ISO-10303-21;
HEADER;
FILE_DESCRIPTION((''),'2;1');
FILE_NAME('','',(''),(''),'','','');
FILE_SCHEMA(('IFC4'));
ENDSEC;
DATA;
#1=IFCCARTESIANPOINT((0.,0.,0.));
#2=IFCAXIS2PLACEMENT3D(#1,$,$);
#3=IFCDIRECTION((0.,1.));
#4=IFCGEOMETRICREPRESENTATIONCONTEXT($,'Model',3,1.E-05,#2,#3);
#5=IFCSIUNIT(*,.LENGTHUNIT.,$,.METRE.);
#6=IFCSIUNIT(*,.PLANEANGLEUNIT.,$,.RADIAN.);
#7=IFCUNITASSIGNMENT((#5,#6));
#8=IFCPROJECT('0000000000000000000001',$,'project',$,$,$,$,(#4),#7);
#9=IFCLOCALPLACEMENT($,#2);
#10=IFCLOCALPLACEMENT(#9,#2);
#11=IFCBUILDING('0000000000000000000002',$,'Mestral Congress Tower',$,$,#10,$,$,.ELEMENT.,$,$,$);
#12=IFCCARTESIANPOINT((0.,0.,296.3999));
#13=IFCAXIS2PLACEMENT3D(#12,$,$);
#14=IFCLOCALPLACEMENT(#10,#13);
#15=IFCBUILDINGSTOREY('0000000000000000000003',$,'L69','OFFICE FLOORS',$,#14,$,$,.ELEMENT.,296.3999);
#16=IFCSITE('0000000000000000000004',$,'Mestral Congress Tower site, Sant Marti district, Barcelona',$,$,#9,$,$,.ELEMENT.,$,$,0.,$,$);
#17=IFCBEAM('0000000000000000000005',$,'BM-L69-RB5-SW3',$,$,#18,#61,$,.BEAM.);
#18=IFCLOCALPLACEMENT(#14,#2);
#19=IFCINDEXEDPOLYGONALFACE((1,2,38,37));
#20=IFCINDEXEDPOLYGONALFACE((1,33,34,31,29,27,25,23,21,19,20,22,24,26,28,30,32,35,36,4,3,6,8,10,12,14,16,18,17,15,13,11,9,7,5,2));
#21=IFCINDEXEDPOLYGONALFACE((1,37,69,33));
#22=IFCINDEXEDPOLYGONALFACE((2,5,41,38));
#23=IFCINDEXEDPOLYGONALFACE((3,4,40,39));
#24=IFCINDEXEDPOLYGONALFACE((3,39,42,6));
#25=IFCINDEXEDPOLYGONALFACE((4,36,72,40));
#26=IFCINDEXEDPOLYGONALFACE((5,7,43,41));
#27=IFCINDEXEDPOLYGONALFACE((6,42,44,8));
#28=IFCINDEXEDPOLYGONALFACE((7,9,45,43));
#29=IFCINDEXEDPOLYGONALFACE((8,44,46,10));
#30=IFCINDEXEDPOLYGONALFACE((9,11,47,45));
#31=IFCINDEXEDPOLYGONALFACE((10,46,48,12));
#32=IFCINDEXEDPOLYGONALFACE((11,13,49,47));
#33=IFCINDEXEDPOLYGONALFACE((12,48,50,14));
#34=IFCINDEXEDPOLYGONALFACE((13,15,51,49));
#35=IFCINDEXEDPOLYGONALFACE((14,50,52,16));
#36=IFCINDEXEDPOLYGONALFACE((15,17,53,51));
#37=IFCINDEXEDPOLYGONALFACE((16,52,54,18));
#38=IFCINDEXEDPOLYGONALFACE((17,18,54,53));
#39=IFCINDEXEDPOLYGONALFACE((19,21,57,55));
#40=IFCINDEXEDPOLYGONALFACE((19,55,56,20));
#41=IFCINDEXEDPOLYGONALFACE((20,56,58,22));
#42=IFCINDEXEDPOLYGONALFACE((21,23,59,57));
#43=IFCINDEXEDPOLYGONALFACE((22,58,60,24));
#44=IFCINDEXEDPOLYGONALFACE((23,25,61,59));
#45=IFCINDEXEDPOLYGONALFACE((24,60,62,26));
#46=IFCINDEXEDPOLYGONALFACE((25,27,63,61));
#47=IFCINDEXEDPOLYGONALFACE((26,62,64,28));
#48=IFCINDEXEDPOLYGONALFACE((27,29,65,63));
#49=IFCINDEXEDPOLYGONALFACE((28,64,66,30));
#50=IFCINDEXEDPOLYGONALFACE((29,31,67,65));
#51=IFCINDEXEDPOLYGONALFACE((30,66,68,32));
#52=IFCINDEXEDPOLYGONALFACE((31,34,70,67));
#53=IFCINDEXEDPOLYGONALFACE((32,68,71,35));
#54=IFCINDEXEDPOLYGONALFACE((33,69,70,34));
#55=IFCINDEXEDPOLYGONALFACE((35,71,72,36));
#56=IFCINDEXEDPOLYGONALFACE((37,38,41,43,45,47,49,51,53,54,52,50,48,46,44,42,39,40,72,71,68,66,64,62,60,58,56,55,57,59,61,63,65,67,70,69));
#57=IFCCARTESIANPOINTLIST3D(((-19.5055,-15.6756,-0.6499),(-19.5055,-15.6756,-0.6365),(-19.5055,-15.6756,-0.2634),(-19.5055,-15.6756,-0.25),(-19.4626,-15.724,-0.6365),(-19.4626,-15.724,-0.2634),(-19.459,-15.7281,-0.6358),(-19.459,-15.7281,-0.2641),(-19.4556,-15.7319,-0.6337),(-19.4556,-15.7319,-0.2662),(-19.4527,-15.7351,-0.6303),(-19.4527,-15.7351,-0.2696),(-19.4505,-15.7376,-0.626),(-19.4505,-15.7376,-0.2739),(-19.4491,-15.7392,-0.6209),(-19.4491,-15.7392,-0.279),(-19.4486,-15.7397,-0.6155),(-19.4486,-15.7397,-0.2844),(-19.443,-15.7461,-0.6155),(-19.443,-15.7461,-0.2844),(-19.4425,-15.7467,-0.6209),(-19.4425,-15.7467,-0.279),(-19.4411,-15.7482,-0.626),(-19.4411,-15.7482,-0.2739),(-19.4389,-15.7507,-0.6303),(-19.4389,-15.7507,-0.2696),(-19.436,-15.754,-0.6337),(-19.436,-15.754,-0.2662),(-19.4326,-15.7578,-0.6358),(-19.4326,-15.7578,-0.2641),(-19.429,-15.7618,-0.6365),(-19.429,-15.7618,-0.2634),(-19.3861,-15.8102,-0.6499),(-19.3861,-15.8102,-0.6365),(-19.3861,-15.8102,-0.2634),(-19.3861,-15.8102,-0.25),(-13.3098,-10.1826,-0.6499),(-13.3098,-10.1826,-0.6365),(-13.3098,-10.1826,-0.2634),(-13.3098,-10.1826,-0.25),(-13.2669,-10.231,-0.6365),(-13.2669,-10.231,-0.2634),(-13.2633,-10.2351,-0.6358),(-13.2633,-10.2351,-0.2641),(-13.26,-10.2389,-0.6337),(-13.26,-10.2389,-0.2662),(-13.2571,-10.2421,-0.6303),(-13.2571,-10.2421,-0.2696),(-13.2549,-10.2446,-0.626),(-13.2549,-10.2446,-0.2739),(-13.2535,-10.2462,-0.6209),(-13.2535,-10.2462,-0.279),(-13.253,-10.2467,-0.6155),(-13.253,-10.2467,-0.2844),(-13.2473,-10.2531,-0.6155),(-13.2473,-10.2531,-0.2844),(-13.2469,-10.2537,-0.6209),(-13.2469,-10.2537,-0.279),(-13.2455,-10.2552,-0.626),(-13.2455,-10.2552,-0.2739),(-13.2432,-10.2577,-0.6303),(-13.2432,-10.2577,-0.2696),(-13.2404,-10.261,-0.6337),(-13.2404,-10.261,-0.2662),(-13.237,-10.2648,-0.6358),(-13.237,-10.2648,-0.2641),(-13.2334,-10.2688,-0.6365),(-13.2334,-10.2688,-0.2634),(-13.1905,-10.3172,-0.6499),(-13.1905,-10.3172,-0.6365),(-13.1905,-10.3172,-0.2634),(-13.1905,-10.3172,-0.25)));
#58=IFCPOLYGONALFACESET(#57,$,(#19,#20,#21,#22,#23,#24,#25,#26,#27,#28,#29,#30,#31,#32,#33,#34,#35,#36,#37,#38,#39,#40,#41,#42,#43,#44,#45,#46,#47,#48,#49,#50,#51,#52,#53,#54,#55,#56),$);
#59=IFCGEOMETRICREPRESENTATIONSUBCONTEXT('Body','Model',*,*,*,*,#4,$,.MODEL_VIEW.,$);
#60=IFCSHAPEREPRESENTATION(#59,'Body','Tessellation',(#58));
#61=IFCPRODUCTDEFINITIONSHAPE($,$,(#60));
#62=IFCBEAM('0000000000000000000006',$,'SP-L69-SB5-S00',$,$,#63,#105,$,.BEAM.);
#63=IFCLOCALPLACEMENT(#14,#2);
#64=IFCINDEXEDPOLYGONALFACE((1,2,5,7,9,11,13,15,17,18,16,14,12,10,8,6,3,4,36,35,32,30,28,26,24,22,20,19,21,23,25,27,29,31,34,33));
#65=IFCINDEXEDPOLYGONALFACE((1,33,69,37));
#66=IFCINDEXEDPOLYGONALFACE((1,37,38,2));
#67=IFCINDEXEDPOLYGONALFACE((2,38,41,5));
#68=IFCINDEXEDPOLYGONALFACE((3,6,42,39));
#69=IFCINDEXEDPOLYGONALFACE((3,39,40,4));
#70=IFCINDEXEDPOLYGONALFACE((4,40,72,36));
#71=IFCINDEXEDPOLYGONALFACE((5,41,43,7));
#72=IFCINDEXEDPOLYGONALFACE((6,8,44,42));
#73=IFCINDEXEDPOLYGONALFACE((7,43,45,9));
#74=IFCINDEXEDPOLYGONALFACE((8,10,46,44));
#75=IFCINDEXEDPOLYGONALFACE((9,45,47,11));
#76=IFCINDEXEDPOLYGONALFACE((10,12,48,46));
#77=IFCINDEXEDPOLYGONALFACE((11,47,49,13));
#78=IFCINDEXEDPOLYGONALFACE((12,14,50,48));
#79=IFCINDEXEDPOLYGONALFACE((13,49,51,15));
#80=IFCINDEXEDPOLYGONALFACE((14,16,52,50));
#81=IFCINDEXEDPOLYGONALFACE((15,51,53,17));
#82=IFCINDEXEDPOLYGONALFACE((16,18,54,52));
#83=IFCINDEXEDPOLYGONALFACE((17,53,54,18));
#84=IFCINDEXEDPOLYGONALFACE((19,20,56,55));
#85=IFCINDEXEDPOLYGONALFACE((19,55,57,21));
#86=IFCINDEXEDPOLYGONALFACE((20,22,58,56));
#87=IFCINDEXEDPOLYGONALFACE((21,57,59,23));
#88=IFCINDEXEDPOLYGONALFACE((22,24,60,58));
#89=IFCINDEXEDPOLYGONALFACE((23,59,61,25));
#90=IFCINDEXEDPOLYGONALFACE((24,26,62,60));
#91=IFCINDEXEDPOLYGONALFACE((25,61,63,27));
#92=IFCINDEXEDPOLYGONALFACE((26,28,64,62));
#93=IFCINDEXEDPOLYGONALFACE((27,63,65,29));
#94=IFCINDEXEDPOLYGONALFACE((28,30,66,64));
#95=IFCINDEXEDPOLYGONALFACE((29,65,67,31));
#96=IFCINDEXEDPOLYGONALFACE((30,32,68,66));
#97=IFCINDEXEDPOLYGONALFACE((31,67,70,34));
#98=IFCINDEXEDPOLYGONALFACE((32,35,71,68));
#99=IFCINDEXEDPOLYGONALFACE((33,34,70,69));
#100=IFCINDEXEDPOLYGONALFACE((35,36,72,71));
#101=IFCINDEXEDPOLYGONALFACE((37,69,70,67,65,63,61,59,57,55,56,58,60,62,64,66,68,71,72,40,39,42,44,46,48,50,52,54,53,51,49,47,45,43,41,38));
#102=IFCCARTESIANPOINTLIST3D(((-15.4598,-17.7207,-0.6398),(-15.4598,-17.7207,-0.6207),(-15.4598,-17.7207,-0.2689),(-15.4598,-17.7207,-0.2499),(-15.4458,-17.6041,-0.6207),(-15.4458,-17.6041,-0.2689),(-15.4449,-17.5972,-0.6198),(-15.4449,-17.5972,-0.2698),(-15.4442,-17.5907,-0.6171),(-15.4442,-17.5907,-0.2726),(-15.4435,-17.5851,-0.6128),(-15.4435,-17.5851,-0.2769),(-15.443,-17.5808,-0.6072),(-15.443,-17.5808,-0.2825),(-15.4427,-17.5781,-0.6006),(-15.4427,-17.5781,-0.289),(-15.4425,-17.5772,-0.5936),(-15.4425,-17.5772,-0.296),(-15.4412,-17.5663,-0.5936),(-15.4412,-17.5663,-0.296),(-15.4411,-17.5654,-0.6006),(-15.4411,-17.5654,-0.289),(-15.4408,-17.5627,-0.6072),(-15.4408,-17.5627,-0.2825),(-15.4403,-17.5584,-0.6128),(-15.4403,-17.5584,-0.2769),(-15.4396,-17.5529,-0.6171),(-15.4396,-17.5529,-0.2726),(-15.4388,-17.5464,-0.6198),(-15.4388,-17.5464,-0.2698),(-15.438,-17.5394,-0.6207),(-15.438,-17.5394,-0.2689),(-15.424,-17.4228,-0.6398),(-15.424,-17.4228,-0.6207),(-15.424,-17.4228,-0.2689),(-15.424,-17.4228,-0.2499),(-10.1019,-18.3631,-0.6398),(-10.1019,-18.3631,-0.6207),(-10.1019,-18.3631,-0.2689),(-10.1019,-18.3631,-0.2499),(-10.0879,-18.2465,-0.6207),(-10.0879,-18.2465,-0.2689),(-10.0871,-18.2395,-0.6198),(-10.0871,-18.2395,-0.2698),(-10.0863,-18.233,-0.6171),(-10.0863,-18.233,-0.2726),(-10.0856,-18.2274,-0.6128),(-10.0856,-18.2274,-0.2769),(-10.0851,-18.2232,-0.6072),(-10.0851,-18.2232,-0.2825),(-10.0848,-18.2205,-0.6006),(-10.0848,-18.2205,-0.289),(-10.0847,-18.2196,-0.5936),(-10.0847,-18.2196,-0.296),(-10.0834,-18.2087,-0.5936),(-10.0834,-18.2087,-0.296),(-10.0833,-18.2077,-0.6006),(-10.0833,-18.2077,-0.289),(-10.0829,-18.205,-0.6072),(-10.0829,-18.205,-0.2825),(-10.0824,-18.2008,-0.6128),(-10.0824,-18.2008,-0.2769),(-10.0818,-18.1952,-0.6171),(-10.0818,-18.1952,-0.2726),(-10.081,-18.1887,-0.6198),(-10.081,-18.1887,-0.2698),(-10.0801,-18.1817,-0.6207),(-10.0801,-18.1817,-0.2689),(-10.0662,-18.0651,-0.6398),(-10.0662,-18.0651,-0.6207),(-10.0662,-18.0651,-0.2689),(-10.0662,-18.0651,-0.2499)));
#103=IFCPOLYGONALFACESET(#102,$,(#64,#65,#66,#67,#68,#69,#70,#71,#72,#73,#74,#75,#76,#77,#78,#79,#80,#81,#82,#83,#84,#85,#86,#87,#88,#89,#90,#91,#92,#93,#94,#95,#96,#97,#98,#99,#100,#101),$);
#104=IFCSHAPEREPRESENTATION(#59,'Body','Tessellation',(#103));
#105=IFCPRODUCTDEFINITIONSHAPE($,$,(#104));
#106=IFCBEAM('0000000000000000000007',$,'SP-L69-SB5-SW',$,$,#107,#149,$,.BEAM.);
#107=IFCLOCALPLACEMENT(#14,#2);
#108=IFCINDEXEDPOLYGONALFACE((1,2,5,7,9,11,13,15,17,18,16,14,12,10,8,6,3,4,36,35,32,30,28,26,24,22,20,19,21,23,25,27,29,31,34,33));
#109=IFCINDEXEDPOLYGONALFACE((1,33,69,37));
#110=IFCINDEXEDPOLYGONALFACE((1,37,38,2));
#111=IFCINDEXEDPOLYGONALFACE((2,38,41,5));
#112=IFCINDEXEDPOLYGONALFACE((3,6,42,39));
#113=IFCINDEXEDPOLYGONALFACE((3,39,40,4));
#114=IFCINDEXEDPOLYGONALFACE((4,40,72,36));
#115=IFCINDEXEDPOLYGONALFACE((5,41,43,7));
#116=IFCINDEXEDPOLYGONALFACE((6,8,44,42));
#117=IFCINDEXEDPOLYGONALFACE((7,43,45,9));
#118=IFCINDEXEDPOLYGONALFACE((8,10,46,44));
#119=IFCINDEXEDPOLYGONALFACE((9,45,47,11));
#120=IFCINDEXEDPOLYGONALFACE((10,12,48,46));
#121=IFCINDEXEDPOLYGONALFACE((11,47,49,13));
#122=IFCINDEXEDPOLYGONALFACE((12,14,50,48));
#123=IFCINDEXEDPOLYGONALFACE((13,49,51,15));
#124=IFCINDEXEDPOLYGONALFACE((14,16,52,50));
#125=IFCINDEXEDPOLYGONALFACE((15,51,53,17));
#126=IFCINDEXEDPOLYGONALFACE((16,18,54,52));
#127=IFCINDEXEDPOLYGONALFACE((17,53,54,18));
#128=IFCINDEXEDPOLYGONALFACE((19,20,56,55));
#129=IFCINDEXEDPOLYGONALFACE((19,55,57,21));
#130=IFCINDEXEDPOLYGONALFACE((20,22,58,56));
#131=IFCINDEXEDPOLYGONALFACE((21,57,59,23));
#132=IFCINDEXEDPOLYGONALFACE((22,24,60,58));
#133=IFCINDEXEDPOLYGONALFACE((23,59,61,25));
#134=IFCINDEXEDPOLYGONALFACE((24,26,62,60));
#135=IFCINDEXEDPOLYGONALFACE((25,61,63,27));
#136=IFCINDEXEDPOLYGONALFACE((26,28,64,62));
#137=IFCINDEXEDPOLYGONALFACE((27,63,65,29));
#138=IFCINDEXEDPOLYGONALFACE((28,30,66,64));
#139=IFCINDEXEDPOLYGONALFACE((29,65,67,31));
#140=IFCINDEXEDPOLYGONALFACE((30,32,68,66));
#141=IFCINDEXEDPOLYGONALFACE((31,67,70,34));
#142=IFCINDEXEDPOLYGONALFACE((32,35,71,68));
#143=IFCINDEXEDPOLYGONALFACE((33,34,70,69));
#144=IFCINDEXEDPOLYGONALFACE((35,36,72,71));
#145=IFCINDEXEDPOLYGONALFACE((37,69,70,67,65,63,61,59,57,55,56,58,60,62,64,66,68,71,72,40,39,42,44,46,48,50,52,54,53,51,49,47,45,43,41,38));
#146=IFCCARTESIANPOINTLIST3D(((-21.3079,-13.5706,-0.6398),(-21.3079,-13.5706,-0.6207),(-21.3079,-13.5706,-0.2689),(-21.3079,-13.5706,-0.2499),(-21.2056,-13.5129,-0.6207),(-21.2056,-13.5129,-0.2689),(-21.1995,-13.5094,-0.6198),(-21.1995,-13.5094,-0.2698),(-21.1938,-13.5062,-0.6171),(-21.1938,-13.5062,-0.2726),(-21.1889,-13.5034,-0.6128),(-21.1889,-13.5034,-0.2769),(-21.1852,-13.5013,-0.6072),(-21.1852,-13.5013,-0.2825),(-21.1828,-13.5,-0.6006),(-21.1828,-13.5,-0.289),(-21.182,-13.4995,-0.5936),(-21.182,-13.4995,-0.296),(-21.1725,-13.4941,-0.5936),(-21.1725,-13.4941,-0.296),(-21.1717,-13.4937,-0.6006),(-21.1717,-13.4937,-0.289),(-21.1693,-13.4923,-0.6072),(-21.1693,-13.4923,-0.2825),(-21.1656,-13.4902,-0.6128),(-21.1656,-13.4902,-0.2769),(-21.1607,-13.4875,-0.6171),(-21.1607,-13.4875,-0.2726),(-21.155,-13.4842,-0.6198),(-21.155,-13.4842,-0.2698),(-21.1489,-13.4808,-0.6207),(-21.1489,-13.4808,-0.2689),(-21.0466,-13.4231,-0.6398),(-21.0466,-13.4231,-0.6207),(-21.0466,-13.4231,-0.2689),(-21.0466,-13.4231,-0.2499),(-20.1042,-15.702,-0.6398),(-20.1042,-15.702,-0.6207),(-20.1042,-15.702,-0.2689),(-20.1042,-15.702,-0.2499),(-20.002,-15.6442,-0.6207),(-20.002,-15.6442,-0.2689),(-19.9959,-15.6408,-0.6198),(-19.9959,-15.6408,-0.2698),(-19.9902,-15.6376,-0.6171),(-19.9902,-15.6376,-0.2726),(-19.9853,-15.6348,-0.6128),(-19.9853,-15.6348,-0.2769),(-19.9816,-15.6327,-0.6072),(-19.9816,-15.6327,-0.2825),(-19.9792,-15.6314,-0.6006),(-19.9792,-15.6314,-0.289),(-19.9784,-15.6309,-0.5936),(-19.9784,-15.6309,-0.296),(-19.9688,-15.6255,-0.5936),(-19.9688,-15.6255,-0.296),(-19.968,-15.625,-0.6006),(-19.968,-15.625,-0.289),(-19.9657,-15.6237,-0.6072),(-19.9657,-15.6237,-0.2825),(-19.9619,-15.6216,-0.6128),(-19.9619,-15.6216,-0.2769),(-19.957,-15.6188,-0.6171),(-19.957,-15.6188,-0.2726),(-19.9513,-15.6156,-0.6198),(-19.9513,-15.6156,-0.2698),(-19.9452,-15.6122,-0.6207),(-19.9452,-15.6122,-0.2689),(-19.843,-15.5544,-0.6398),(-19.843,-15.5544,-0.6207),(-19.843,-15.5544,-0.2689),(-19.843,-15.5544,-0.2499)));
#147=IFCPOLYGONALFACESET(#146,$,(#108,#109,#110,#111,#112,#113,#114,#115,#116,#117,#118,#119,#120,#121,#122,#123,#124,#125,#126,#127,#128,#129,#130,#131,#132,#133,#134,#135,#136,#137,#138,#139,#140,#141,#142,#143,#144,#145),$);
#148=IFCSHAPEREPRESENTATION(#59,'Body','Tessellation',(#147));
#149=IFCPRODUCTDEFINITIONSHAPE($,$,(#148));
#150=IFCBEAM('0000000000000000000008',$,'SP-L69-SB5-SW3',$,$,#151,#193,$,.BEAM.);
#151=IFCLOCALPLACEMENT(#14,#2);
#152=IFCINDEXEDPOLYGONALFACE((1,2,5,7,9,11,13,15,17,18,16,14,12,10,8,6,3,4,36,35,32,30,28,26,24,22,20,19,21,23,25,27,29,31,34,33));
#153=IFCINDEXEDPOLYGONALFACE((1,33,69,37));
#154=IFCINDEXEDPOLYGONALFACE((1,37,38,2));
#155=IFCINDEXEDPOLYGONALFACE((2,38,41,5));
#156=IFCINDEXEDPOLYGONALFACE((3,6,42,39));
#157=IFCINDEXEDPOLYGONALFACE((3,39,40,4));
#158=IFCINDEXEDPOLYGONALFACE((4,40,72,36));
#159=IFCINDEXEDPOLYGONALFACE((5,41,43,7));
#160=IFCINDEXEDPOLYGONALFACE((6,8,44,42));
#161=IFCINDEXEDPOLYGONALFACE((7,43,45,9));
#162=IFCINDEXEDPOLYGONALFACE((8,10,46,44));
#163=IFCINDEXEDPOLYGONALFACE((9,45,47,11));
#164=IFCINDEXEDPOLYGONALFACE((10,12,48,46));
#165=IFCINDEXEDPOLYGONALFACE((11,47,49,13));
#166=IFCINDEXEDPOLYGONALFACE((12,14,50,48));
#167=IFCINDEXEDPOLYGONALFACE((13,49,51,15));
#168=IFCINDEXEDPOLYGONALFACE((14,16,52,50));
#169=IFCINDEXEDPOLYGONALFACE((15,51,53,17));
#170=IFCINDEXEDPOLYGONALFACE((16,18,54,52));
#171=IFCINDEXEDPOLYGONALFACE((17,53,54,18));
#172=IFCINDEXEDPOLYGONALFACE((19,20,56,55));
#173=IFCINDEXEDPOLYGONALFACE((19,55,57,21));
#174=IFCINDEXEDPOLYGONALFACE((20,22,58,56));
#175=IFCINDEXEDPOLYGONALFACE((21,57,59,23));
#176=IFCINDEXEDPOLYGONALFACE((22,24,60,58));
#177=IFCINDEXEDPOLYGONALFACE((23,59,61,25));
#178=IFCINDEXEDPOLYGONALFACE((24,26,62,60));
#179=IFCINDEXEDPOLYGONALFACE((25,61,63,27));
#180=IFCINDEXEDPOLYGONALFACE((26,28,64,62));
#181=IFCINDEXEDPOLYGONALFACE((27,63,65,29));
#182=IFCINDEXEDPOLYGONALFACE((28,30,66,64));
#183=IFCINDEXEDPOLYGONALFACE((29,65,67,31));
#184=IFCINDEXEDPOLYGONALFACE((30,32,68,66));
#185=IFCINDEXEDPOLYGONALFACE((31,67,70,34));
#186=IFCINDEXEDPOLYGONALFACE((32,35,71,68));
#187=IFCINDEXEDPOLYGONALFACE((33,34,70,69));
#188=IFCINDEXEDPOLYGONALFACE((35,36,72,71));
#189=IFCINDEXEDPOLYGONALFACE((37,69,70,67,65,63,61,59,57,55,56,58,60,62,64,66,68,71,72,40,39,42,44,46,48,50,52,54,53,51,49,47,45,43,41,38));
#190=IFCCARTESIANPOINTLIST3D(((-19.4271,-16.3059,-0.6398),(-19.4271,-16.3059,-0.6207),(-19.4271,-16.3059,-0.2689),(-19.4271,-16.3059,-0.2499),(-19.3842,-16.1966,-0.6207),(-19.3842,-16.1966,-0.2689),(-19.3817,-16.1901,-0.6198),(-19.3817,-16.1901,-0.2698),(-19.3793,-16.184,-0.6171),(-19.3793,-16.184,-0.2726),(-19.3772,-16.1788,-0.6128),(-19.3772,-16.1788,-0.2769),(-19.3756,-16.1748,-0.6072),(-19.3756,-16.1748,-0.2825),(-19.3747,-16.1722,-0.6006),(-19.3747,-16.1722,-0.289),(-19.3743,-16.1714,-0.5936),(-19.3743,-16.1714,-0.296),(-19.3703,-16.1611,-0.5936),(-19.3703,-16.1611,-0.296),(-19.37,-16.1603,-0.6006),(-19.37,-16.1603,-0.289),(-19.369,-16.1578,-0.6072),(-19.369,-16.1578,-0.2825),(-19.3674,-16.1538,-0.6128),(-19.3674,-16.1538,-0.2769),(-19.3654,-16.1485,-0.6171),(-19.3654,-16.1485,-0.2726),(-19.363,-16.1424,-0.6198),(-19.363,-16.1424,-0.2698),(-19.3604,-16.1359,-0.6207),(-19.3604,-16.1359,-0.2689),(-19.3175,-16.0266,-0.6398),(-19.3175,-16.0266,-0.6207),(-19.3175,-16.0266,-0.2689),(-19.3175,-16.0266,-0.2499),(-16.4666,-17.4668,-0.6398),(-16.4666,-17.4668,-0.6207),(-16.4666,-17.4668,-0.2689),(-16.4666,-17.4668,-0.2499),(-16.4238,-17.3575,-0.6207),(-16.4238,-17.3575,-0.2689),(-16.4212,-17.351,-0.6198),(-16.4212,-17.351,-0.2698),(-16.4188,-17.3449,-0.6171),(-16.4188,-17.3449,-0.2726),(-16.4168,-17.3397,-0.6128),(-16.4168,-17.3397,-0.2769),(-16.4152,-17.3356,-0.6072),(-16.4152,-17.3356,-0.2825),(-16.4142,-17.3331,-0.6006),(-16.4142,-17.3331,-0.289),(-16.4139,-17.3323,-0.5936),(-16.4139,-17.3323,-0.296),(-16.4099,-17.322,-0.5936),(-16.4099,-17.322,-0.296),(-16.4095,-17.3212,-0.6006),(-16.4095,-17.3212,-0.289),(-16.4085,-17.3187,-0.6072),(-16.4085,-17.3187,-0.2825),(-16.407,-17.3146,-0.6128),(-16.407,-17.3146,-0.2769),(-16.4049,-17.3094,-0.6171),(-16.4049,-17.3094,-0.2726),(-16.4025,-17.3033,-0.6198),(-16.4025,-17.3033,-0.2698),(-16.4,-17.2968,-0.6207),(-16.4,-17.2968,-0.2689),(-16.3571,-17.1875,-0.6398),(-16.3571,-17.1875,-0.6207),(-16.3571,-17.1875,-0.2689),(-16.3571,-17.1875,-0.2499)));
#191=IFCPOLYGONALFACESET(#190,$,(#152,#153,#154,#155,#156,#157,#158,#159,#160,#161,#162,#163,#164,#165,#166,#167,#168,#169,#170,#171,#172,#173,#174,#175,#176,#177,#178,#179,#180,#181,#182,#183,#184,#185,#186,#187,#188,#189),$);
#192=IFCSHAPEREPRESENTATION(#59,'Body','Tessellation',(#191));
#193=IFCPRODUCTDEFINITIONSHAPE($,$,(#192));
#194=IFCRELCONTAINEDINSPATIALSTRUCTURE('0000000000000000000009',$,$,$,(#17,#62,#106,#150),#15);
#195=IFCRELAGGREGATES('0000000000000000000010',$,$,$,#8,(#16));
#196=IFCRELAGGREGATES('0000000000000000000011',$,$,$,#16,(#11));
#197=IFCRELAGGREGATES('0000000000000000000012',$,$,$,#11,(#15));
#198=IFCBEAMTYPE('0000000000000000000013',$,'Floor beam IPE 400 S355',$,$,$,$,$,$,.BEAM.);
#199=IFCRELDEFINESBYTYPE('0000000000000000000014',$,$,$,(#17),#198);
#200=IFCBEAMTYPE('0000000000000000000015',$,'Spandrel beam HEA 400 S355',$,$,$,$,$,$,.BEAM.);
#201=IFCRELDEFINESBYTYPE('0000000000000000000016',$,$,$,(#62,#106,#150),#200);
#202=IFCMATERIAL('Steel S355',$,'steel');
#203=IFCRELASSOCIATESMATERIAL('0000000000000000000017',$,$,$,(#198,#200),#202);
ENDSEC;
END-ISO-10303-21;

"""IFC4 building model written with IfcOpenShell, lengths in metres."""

from ifc_helpers import new_model, si_unit, direction, frame, origin, origin_2d, place, context, subcontext, project, spatial, i_section, extrude, material, material_profile, profile_set, type_object, element, save


model = new_model("IFC4")

# Units and contexts
model_context = context("Model", 3, precision=1e-05, world=origin(), true_north=direction((0.0, 1.0)))
body_context = subcontext(model_context, "Body", "Model", "MODEL_VIEW")
ifc_project = project(units=[si_unit("LENGTHUNIT", "METRE"), si_unit("PLANEANGLEUNIT", "RADIAN")], contexts=[model_context])

# Site, building, storey
site_placement = place(None, origin())
site = spatial("IfcSite", under=ifc_project, at=site_placement, Name="Mestral Congress Tower site, Sant Marti district, Barcelona", CompositionType="ELEMENT", RefElevation=0.0)
building_placement = place(site_placement, origin())
building = spatial("IfcBuilding", under=site, at=building_placement, Name="Mestral Congress Tower", CompositionType="ELEMENT")
storey_placement = place(building_placement, frame((0.0, 0.0, 296.3999)))
storey = spatial("IfcBuildingStorey", under=building, at=storey_placement, Name="L69", Description="OFFICE FLOORS", CompositionType="ELEMENT", Elevation=296.3999)

# Beams
ifc_material_1 = material(Name="Steel S355", Category="steel")
ifc_material_profile_1 = material_profile(ifc_material_1, i_section(OverallWidth=0.1799, OverallDepth=0.3999, WebThickness=0.0085, FlangeThickness=0.0134, FilletRadius=0.021, at=origin_2d()), Name="IPE 400")
ifc_profile_set_1 = profile_set([ifc_material_profile_1], Name="Steel S355")
beam_type_1 = type_object("IfcBeamType", Name="Floor beam IPE 400 S355", PredefinedType="BEAM", material=ifc_profile_set_1)
beam_1_placement = place(storey_placement, frame((-19.4458, -15.7429, -0.45), z_axis=(0.748263, 0.663402, 0.0), x_axis=(-0.663402, 0.748263, 0.0)))
element("IfcBeam", 1, at=beam_1_placement, inside=storey, type_object=beam_type_1, Name="BM-L69-RB5-SW3", PredefinedType="BEAM", context=body_context, shape_type="SweptSolid", body=[
    extrude(i_section(OverallWidth=0.1799, OverallDepth=0.3999, WebThickness=0.0085, FlangeThickness=0.0134, FilletRadius=0.021, at=origin_2d()), origin(), (0.0, 0.0, 1.0), 8.28),
])
ifc_material_profile_2 = material_profile(ifc_material_1, i_section(OverallWidth=0.3, OverallDepth=0.3899, WebThickness=0.011, FlangeThickness=0.019, FilletRadius=0.0271, at=origin_2d()), Name="HEA 400")
ifc_profile_set_2 = profile_set([ifc_material_profile_2], Name="Steel S355")
beam_type_2 = type_object("IfcBeamType", Name="Spandrel beam HEA 400 S355", PredefinedType="BEAM", material=ifc_profile_set_2)
beam_2_placement = place(storey_placement, frame((-15.4419, -17.5718, -0.4448), z_axis=(0.99289, -0.119033, 0.0), x_axis=(0.119033, 0.99289, 0.0)))
element("IfcBeam", 2, at=beam_2_placement, inside=storey, type_object=beam_type_2, Name="SP-L69-SB5-S00", PredefinedType="BEAM", context=body_context, shape_type="SweptSolid", body=[
    extrude(i_section(OverallWidth=0.3, OverallDepth=0.3899, WebThickness=0.011, FlangeThickness=0.019, FilletRadius=0.0271, at=origin_2d()), origin(), (0.0, 0.0, 1.0), 5.3962),
])
beam_3_placement = place(storey_placement, frame((-21.1772, -13.4968, -0.4448), z_axis=(0.491729, -0.870749, 0.0), x_axis=(0.870749, 0.491729, 0.0)))
element("IfcBeam", 3, at=beam_3_placement, inside=storey, type_object=beam_type_2, Name="SP-L69-SB5-SW", PredefinedType="BEAM", context=body_context, shape_type="SweptSolid", body=[
    extrude(i_section(OverallWidth=0.3, OverallDepth=0.3899, WebThickness=0.011, FlangeThickness=0.019, FilletRadius=0.0271, at=origin_2d()), origin(), (0.0, 0.0, 1.0), 2.4478),
])
beam_4_placement = place(storey_placement, frame((-19.3723, -16.1663, -0.4448), z_axis=(0.930981, -0.365068, 0.0), x_axis=(0.365068, 0.930981, 0.0)))
element("IfcBeam", 4, at=beam_4_placement, inside=storey, type_object=beam_type_2, Name="SP-L69-SB5-SW3", PredefinedType="BEAM", context=body_context, shape_type="SweptSolid", body=[
    extrude(i_section(OverallWidth=0.3, OverallDepth=0.3899, WebThickness=0.011, FlangeThickness=0.019, FilletRadius=0.0271, at=origin_2d()), origin(), (0.0, 0.0, 1.0), 3.1799),
])

save(model, "model.ifc")
